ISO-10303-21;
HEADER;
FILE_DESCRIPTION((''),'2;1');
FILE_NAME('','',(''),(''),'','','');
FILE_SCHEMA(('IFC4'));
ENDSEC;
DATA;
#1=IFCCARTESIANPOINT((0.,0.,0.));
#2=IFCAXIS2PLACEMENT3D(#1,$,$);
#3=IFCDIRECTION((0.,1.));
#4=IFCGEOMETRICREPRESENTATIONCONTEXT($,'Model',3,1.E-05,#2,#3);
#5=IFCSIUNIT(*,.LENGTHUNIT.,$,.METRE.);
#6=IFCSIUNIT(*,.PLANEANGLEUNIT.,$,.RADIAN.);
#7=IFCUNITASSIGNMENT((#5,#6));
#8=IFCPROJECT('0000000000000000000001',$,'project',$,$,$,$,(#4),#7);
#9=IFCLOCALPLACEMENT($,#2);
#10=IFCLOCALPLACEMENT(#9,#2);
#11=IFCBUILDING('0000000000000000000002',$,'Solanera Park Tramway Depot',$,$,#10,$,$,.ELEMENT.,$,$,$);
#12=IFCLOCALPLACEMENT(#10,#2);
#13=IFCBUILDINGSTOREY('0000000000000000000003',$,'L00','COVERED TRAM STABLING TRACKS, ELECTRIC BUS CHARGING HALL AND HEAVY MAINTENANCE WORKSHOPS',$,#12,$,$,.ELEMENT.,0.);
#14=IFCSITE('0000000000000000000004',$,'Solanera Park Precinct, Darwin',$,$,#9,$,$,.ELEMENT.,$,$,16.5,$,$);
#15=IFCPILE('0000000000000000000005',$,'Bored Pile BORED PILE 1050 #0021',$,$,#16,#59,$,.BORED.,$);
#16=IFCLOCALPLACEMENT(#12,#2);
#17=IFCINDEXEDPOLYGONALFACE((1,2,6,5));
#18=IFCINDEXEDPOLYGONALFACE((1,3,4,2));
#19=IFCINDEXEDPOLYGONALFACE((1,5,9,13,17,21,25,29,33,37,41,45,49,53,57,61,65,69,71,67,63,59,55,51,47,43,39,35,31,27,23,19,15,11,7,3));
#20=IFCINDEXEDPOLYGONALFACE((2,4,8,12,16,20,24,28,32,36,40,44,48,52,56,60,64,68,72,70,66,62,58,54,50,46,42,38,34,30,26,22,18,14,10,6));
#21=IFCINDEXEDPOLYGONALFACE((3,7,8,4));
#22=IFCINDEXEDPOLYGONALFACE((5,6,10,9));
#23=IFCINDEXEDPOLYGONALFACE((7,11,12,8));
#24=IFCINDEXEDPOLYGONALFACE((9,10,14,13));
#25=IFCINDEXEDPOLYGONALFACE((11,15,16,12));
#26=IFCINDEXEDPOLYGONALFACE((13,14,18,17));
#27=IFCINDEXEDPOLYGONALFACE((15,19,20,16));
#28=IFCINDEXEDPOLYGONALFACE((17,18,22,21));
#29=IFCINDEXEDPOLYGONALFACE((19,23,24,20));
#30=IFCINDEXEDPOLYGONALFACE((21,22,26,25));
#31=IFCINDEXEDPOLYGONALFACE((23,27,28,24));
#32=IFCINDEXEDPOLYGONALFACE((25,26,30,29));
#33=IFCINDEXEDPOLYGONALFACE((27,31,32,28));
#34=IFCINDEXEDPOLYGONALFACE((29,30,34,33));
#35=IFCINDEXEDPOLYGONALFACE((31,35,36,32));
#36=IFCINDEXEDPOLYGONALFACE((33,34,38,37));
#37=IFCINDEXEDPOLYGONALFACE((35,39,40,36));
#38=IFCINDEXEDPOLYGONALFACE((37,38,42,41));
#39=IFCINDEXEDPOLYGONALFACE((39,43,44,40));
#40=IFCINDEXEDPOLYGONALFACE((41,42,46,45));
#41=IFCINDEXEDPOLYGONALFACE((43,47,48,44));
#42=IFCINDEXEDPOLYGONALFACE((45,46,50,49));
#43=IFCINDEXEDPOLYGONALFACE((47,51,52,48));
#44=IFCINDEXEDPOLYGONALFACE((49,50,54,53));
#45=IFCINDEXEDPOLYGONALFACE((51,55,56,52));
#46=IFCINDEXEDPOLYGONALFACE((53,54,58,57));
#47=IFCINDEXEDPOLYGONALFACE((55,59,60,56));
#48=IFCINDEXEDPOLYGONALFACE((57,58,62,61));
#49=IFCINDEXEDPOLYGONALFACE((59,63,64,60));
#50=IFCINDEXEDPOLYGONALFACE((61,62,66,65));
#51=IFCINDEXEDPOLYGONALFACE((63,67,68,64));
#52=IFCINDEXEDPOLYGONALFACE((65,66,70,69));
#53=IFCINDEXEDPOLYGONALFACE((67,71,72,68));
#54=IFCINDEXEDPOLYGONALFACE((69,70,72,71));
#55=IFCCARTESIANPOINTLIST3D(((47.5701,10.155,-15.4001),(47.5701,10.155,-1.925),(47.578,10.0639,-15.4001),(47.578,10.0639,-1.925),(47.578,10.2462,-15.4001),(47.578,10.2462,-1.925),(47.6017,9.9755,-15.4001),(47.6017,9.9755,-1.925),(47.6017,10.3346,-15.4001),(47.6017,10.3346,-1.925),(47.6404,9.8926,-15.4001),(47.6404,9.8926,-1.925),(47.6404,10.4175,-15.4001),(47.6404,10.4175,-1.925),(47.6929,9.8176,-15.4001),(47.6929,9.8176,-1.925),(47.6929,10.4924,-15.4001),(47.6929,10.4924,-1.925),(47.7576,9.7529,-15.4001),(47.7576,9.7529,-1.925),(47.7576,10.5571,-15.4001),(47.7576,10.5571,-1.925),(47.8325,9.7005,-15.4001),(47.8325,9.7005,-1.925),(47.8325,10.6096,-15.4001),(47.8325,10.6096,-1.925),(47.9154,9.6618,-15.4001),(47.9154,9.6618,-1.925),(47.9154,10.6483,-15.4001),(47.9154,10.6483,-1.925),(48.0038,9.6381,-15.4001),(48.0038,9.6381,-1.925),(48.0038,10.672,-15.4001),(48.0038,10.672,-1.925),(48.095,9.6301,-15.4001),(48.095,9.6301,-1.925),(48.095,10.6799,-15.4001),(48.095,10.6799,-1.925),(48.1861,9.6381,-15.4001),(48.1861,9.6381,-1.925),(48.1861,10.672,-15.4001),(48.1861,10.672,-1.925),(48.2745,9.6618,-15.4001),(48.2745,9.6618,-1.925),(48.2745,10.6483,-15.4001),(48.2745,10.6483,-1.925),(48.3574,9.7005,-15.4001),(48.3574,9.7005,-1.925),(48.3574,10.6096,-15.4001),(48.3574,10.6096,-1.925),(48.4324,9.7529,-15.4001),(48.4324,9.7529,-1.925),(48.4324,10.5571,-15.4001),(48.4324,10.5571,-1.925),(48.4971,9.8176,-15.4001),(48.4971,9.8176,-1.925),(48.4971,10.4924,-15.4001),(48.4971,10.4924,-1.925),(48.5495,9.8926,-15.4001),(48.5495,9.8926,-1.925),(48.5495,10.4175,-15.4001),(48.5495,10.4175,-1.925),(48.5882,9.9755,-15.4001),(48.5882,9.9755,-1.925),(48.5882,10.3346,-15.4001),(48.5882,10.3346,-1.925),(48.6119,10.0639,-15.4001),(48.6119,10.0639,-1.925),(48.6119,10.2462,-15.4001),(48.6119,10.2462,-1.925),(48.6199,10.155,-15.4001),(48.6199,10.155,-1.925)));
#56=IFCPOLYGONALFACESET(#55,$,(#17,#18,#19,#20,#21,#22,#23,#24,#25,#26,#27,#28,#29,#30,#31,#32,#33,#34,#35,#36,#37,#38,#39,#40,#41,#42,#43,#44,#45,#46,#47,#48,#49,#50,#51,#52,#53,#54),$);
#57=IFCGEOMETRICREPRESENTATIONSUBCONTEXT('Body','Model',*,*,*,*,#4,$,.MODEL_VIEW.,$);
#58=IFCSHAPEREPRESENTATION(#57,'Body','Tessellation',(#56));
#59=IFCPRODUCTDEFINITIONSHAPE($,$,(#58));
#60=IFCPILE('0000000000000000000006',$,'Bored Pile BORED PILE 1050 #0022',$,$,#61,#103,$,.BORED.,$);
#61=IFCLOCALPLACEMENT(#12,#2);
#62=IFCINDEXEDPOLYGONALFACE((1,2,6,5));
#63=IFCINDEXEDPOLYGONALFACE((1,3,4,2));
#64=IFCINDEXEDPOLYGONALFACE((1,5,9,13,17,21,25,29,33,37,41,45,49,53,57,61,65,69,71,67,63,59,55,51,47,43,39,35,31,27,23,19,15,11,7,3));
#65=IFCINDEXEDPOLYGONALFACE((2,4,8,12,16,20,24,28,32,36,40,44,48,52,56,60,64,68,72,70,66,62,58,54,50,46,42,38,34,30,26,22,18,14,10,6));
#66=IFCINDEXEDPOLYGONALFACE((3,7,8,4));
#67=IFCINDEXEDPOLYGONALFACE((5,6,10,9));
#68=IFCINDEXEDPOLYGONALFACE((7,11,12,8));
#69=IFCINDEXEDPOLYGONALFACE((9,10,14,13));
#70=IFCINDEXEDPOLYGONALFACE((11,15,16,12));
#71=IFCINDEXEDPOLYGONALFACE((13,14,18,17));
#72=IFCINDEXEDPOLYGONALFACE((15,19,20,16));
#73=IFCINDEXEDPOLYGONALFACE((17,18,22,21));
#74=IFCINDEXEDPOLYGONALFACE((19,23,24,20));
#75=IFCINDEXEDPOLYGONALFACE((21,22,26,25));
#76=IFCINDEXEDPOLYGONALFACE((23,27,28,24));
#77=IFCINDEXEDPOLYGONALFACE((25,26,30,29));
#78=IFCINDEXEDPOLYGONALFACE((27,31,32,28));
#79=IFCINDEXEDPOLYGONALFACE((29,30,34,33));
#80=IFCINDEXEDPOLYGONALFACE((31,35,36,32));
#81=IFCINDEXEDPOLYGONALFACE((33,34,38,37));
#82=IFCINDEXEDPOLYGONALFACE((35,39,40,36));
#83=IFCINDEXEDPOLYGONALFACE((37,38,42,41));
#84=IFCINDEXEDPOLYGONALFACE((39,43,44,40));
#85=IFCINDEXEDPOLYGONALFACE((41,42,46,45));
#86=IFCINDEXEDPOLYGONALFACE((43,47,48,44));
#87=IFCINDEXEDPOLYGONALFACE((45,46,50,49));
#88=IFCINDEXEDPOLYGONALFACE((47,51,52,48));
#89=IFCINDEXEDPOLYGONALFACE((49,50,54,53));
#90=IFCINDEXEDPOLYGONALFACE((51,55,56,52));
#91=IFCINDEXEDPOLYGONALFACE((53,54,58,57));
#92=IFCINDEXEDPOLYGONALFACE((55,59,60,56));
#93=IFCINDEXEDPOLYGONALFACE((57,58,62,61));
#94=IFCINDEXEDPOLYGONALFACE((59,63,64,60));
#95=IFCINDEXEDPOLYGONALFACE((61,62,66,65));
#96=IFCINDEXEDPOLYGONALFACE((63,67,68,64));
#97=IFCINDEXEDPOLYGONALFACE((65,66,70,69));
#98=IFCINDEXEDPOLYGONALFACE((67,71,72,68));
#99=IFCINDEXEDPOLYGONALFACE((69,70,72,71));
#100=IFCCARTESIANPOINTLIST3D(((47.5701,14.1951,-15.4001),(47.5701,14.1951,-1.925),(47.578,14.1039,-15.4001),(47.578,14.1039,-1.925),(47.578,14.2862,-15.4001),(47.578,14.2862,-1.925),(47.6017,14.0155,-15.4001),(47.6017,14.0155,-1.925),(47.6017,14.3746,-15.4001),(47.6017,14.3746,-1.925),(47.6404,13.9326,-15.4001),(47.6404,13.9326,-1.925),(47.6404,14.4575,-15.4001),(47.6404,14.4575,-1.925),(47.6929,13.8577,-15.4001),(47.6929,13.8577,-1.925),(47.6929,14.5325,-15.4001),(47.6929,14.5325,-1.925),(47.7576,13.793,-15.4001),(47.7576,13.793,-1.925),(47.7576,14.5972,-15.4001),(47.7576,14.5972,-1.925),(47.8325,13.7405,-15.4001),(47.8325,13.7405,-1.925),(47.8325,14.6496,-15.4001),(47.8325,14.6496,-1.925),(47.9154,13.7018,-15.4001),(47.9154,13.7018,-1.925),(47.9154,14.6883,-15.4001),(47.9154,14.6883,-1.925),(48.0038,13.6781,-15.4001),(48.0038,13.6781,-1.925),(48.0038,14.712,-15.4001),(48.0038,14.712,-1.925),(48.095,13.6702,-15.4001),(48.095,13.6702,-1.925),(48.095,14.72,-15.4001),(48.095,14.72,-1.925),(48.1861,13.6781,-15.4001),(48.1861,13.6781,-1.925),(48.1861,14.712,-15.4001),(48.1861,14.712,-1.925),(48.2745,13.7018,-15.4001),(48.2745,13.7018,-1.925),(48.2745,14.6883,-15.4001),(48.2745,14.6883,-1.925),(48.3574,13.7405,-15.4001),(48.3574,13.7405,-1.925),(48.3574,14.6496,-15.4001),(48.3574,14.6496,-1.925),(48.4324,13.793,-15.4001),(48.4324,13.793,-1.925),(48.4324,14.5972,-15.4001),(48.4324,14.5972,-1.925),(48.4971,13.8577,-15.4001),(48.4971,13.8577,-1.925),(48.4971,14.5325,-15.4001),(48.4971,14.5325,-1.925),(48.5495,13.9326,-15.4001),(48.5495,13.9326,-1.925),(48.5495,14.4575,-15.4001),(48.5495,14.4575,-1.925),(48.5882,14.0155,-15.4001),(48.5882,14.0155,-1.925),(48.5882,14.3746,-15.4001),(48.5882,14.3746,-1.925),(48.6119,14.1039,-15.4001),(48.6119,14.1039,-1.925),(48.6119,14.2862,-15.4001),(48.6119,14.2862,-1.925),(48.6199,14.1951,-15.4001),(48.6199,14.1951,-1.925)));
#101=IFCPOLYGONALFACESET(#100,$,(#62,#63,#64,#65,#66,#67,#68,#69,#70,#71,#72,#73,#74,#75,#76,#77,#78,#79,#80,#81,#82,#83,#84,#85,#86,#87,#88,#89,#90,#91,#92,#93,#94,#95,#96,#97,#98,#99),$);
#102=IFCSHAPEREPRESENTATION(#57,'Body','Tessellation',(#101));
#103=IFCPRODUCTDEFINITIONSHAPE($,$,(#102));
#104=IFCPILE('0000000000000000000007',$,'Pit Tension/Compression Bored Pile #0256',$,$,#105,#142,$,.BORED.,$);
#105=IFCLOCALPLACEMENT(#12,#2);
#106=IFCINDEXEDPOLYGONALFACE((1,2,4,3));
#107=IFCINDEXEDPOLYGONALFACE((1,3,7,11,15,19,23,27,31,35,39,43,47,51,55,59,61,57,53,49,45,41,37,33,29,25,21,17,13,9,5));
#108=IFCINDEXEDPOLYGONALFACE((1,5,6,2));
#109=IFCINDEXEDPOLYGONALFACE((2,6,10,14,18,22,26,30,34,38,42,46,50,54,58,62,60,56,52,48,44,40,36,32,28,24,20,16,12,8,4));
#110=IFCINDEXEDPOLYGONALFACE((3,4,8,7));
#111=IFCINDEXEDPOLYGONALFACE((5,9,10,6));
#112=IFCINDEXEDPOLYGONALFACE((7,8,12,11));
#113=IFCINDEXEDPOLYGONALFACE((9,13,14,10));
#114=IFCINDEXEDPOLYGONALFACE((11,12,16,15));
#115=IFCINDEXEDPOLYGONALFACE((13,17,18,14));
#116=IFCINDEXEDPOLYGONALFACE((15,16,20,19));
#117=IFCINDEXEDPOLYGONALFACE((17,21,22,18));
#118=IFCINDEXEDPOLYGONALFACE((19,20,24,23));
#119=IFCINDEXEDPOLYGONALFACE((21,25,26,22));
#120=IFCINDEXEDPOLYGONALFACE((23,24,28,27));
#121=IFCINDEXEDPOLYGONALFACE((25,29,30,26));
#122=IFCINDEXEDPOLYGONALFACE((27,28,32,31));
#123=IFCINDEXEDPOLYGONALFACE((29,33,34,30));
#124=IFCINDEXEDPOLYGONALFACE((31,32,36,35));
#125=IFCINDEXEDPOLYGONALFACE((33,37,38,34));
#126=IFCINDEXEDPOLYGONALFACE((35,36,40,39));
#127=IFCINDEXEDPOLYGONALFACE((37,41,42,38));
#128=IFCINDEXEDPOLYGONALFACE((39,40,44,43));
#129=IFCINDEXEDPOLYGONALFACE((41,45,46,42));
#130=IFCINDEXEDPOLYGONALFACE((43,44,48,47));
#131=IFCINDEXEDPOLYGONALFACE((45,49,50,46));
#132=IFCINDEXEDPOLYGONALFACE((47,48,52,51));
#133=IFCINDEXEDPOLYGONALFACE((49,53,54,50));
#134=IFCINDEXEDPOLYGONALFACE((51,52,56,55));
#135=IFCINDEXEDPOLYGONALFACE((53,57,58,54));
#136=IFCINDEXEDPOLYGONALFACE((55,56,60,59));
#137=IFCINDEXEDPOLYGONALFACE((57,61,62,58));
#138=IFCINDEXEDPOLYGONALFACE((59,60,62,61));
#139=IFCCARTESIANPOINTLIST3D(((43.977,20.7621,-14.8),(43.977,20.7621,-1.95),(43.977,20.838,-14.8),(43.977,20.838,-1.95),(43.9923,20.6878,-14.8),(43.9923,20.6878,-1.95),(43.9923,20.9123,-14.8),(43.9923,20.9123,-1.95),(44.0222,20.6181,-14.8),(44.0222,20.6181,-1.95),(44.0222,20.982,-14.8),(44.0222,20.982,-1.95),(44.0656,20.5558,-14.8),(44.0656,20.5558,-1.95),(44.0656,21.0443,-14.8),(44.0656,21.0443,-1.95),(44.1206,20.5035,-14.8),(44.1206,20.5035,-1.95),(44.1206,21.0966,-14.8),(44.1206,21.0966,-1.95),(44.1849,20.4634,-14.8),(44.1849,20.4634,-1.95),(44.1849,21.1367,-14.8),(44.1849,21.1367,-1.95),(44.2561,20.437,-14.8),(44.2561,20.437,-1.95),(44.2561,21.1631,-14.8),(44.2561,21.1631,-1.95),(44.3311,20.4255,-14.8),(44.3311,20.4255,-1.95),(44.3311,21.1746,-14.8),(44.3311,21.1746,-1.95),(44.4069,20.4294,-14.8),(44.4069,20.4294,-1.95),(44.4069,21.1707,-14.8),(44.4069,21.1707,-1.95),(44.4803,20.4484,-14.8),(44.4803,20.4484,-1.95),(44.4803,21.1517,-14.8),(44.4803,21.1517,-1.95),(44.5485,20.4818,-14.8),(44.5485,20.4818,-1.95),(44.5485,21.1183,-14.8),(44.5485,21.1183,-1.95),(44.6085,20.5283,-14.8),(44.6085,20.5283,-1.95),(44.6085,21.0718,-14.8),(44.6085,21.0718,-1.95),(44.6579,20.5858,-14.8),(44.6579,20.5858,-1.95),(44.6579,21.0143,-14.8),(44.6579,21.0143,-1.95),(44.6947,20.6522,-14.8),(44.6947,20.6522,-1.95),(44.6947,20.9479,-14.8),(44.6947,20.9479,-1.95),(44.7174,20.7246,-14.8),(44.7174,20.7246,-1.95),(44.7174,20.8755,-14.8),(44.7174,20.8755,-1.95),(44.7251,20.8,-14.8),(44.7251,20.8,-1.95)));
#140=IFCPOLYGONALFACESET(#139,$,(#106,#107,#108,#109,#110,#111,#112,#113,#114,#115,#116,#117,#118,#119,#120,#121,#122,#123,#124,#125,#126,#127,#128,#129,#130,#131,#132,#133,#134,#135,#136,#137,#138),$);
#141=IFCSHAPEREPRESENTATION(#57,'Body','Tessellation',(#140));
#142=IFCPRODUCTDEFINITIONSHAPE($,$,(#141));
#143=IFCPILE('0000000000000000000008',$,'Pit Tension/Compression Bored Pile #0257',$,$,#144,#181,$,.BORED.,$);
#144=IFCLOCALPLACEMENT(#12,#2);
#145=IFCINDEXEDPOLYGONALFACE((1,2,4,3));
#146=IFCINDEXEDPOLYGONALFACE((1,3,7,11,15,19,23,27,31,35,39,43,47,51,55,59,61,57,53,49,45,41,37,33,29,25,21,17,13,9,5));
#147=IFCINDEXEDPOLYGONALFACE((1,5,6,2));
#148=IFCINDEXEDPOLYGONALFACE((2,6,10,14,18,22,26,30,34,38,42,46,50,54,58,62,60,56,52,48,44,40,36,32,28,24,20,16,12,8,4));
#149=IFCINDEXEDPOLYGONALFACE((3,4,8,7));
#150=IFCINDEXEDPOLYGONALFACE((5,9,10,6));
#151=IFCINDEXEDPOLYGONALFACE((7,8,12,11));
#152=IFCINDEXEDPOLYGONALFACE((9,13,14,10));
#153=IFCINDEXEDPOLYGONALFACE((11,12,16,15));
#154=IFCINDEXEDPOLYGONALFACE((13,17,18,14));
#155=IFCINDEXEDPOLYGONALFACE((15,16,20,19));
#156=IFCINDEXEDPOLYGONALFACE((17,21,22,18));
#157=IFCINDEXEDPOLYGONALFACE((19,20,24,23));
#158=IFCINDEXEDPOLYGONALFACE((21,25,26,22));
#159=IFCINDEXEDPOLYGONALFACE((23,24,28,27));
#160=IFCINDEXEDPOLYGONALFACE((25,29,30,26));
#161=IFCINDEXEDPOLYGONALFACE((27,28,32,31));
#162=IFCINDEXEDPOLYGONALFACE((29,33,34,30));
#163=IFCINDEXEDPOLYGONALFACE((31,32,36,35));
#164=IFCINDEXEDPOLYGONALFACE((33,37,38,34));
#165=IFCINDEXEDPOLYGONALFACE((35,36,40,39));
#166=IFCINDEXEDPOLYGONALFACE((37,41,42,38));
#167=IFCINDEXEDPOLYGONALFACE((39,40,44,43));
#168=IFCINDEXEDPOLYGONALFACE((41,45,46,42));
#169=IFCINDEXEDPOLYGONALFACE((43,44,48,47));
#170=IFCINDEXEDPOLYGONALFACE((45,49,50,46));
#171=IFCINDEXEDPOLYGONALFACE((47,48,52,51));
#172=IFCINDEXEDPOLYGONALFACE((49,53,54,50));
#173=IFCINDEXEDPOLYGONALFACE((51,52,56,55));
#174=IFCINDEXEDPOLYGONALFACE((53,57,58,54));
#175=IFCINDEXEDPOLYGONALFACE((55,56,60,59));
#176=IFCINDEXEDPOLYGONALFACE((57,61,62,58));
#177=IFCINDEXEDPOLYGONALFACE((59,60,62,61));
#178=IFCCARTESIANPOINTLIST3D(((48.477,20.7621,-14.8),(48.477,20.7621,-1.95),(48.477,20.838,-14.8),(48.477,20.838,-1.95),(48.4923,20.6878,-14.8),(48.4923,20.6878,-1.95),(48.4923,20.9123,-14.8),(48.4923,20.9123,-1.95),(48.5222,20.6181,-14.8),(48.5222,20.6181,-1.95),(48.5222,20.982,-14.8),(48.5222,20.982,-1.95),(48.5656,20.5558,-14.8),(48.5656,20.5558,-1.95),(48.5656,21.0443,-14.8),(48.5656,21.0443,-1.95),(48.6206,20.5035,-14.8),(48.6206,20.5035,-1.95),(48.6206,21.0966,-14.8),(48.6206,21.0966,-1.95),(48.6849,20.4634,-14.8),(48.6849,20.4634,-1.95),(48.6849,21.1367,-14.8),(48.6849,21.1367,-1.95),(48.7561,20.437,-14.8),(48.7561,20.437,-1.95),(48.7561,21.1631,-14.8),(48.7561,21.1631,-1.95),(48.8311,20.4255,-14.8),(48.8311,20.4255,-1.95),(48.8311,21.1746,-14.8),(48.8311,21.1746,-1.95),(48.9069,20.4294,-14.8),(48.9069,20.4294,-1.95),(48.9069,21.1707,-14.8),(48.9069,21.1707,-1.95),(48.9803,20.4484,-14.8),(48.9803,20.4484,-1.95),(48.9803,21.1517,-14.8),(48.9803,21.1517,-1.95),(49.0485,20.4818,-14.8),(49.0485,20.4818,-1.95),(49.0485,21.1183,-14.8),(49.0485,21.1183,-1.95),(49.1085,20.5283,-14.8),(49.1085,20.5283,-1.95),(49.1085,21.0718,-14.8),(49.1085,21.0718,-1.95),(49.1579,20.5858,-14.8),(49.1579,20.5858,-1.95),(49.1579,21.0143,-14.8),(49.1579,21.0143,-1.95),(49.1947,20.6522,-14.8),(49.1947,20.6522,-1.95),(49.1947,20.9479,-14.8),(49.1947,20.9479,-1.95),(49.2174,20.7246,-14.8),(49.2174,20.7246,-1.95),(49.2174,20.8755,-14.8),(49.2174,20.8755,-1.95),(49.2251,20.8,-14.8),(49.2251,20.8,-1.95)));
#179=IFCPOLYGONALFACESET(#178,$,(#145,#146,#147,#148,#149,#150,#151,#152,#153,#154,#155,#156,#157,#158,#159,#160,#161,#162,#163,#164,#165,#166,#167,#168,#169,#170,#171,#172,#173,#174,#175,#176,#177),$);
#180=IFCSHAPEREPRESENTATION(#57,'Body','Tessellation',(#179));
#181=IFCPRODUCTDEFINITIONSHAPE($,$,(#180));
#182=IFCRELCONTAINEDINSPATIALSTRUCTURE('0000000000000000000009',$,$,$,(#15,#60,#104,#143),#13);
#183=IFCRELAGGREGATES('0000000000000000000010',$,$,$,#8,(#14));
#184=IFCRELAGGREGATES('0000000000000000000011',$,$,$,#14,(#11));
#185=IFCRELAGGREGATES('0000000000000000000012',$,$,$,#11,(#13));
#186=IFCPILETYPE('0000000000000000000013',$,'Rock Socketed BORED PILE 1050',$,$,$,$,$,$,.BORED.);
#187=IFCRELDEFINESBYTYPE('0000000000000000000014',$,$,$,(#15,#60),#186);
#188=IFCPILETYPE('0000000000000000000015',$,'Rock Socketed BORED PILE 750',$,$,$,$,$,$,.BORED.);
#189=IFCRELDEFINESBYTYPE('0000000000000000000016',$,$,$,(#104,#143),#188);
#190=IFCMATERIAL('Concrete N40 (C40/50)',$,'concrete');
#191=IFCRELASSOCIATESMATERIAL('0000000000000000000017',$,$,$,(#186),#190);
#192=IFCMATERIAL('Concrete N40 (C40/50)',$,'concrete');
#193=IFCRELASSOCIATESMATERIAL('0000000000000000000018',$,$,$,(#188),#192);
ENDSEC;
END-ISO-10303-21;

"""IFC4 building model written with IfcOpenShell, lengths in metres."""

from ifc_helpers import new_model, si_unit, direction, frame, origin, origin_2d, place, context, subcontext, project, spatial, circle, extrude, material, material_profile, profile_set, type_object, element, save


model = new_model("IFC4")

# Units and contexts
model_context = context("Model", 3, precision=1e-05, world=origin(), true_north=direction((0.0, 1.0)))
body_context = subcontext(model_context, "Body", "Model", "MODEL_VIEW")
ifc_project = project(units=[si_unit("LENGTHUNIT", "METRE"), si_unit("PLANEANGLEUNIT", "RADIAN")], contexts=[model_context])

# Site, building, storey
site_placement = place(None, origin())
site = spatial("IfcSite", under=ifc_project, at=site_placement, Name="Solanera Park Precinct, Darwin", CompositionType="ELEMENT", RefElevation=16.5)
building_placement = place(site_placement, origin())
building = spatial("IfcBuilding", under=site, at=building_placement, Name="Solanera Park Tramway Depot", CompositionType="ELEMENT")
storey_placement = place(building_placement, origin())
storey = spatial("IfcBuildingStorey", under=building, at=storey_placement, Name="L00", Description="COVERED TRAM STABLING TRACKS, ELECTRIC BUS CHARGING HALL AND HEAVY MAINTENANCE WORKSHOPS", CompositionType="ELEMENT", Elevation=0.0)

# Piles
ifc_material_1 = material(Name="Concrete N40 (C40/50)", Category="concrete")
ifc_material_profile_1 = material_profile(ifc_material_1, circle(Radius=0.5249, at=origin_2d()), Name="BORED PILE 1050")
ifc_profile_set_1 = profile_set([ifc_material_profile_1], Name="Concrete N40 (C40/50)")
pile_type_1 = type_object("IfcPileType", Name="Rock Socketed BORED PILE 1050", PredefinedType="BORED", material=ifc_profile_set_1)
for number, where, z_axis, x_axis, name in (
    (1, (48.095, 10.155, -1.925), (0.0, 0.0, -1.0), (1.0, 0.0, 0.0), "Bored Pile BORED PILE 1050 #0021"),
    (2, (48.095, 14.1951, -1.925), (0.0, 0.0, -1.0), (1.0, 0.0, 0.0), "Bored Pile BORED PILE 1050 #0022"),
):
    element("IfcPile", number, at=place(storey_placement, frame(where, z_axis=z_axis, x_axis=x_axis)), inside=storey, type_object=pile_type_1, Name=name, PredefinedType="BORED", context=body_context, shape_type="SweptSolid", body=[
        extrude(circle(Radius=0.5249, at=origin_2d()), origin(), (0.0, 0.0, 1.0), 13.4751),
    ])
ifc_material_2 = material(Name="Concrete N40 (C40/50)", Category="concrete")
ifc_material_profile_2 = material_profile(ifc_material_2, circle(Radius=0.375, at=origin_2d()), Name="BORED PILE 750")
ifc_profile_set_2 = profile_set([ifc_material_profile_2], Name="Concrete N40 (C40/50)")
pile_type_2 = type_object("IfcPileType", Name="Rock Socketed BORED PILE 750", PredefinedType="BORED", material=ifc_profile_set_2)
for number, where, z_axis, x_axis, name in (
    (3, (44.3501, 20.8, -1.95), (0.0, 0.0, -1.0), (1.0, 0.0, 0.0), "Pit Tension/Compression Bored Pile #0256"),
    (4, (48.8501, 20.8, -1.95), (0.0, 0.0, -1.0), (1.0, 0.0, 0.0), "Pit Tension/Compression Bored Pile #0257"),
):
    element("IfcPile", number, at=place(storey_placement, frame(where, z_axis=z_axis, x_axis=x_axis)), inside=storey, type_object=pile_type_2, Name=name, PredefinedType="BORED", context=body_context, shape_type="SweptSolid", body=[
        extrude(circle(Radius=0.375, at=origin_2d()), origin(), (0.0, 0.0, 1.0), 12.8501),
    ])

save(model, "model.ifc")
